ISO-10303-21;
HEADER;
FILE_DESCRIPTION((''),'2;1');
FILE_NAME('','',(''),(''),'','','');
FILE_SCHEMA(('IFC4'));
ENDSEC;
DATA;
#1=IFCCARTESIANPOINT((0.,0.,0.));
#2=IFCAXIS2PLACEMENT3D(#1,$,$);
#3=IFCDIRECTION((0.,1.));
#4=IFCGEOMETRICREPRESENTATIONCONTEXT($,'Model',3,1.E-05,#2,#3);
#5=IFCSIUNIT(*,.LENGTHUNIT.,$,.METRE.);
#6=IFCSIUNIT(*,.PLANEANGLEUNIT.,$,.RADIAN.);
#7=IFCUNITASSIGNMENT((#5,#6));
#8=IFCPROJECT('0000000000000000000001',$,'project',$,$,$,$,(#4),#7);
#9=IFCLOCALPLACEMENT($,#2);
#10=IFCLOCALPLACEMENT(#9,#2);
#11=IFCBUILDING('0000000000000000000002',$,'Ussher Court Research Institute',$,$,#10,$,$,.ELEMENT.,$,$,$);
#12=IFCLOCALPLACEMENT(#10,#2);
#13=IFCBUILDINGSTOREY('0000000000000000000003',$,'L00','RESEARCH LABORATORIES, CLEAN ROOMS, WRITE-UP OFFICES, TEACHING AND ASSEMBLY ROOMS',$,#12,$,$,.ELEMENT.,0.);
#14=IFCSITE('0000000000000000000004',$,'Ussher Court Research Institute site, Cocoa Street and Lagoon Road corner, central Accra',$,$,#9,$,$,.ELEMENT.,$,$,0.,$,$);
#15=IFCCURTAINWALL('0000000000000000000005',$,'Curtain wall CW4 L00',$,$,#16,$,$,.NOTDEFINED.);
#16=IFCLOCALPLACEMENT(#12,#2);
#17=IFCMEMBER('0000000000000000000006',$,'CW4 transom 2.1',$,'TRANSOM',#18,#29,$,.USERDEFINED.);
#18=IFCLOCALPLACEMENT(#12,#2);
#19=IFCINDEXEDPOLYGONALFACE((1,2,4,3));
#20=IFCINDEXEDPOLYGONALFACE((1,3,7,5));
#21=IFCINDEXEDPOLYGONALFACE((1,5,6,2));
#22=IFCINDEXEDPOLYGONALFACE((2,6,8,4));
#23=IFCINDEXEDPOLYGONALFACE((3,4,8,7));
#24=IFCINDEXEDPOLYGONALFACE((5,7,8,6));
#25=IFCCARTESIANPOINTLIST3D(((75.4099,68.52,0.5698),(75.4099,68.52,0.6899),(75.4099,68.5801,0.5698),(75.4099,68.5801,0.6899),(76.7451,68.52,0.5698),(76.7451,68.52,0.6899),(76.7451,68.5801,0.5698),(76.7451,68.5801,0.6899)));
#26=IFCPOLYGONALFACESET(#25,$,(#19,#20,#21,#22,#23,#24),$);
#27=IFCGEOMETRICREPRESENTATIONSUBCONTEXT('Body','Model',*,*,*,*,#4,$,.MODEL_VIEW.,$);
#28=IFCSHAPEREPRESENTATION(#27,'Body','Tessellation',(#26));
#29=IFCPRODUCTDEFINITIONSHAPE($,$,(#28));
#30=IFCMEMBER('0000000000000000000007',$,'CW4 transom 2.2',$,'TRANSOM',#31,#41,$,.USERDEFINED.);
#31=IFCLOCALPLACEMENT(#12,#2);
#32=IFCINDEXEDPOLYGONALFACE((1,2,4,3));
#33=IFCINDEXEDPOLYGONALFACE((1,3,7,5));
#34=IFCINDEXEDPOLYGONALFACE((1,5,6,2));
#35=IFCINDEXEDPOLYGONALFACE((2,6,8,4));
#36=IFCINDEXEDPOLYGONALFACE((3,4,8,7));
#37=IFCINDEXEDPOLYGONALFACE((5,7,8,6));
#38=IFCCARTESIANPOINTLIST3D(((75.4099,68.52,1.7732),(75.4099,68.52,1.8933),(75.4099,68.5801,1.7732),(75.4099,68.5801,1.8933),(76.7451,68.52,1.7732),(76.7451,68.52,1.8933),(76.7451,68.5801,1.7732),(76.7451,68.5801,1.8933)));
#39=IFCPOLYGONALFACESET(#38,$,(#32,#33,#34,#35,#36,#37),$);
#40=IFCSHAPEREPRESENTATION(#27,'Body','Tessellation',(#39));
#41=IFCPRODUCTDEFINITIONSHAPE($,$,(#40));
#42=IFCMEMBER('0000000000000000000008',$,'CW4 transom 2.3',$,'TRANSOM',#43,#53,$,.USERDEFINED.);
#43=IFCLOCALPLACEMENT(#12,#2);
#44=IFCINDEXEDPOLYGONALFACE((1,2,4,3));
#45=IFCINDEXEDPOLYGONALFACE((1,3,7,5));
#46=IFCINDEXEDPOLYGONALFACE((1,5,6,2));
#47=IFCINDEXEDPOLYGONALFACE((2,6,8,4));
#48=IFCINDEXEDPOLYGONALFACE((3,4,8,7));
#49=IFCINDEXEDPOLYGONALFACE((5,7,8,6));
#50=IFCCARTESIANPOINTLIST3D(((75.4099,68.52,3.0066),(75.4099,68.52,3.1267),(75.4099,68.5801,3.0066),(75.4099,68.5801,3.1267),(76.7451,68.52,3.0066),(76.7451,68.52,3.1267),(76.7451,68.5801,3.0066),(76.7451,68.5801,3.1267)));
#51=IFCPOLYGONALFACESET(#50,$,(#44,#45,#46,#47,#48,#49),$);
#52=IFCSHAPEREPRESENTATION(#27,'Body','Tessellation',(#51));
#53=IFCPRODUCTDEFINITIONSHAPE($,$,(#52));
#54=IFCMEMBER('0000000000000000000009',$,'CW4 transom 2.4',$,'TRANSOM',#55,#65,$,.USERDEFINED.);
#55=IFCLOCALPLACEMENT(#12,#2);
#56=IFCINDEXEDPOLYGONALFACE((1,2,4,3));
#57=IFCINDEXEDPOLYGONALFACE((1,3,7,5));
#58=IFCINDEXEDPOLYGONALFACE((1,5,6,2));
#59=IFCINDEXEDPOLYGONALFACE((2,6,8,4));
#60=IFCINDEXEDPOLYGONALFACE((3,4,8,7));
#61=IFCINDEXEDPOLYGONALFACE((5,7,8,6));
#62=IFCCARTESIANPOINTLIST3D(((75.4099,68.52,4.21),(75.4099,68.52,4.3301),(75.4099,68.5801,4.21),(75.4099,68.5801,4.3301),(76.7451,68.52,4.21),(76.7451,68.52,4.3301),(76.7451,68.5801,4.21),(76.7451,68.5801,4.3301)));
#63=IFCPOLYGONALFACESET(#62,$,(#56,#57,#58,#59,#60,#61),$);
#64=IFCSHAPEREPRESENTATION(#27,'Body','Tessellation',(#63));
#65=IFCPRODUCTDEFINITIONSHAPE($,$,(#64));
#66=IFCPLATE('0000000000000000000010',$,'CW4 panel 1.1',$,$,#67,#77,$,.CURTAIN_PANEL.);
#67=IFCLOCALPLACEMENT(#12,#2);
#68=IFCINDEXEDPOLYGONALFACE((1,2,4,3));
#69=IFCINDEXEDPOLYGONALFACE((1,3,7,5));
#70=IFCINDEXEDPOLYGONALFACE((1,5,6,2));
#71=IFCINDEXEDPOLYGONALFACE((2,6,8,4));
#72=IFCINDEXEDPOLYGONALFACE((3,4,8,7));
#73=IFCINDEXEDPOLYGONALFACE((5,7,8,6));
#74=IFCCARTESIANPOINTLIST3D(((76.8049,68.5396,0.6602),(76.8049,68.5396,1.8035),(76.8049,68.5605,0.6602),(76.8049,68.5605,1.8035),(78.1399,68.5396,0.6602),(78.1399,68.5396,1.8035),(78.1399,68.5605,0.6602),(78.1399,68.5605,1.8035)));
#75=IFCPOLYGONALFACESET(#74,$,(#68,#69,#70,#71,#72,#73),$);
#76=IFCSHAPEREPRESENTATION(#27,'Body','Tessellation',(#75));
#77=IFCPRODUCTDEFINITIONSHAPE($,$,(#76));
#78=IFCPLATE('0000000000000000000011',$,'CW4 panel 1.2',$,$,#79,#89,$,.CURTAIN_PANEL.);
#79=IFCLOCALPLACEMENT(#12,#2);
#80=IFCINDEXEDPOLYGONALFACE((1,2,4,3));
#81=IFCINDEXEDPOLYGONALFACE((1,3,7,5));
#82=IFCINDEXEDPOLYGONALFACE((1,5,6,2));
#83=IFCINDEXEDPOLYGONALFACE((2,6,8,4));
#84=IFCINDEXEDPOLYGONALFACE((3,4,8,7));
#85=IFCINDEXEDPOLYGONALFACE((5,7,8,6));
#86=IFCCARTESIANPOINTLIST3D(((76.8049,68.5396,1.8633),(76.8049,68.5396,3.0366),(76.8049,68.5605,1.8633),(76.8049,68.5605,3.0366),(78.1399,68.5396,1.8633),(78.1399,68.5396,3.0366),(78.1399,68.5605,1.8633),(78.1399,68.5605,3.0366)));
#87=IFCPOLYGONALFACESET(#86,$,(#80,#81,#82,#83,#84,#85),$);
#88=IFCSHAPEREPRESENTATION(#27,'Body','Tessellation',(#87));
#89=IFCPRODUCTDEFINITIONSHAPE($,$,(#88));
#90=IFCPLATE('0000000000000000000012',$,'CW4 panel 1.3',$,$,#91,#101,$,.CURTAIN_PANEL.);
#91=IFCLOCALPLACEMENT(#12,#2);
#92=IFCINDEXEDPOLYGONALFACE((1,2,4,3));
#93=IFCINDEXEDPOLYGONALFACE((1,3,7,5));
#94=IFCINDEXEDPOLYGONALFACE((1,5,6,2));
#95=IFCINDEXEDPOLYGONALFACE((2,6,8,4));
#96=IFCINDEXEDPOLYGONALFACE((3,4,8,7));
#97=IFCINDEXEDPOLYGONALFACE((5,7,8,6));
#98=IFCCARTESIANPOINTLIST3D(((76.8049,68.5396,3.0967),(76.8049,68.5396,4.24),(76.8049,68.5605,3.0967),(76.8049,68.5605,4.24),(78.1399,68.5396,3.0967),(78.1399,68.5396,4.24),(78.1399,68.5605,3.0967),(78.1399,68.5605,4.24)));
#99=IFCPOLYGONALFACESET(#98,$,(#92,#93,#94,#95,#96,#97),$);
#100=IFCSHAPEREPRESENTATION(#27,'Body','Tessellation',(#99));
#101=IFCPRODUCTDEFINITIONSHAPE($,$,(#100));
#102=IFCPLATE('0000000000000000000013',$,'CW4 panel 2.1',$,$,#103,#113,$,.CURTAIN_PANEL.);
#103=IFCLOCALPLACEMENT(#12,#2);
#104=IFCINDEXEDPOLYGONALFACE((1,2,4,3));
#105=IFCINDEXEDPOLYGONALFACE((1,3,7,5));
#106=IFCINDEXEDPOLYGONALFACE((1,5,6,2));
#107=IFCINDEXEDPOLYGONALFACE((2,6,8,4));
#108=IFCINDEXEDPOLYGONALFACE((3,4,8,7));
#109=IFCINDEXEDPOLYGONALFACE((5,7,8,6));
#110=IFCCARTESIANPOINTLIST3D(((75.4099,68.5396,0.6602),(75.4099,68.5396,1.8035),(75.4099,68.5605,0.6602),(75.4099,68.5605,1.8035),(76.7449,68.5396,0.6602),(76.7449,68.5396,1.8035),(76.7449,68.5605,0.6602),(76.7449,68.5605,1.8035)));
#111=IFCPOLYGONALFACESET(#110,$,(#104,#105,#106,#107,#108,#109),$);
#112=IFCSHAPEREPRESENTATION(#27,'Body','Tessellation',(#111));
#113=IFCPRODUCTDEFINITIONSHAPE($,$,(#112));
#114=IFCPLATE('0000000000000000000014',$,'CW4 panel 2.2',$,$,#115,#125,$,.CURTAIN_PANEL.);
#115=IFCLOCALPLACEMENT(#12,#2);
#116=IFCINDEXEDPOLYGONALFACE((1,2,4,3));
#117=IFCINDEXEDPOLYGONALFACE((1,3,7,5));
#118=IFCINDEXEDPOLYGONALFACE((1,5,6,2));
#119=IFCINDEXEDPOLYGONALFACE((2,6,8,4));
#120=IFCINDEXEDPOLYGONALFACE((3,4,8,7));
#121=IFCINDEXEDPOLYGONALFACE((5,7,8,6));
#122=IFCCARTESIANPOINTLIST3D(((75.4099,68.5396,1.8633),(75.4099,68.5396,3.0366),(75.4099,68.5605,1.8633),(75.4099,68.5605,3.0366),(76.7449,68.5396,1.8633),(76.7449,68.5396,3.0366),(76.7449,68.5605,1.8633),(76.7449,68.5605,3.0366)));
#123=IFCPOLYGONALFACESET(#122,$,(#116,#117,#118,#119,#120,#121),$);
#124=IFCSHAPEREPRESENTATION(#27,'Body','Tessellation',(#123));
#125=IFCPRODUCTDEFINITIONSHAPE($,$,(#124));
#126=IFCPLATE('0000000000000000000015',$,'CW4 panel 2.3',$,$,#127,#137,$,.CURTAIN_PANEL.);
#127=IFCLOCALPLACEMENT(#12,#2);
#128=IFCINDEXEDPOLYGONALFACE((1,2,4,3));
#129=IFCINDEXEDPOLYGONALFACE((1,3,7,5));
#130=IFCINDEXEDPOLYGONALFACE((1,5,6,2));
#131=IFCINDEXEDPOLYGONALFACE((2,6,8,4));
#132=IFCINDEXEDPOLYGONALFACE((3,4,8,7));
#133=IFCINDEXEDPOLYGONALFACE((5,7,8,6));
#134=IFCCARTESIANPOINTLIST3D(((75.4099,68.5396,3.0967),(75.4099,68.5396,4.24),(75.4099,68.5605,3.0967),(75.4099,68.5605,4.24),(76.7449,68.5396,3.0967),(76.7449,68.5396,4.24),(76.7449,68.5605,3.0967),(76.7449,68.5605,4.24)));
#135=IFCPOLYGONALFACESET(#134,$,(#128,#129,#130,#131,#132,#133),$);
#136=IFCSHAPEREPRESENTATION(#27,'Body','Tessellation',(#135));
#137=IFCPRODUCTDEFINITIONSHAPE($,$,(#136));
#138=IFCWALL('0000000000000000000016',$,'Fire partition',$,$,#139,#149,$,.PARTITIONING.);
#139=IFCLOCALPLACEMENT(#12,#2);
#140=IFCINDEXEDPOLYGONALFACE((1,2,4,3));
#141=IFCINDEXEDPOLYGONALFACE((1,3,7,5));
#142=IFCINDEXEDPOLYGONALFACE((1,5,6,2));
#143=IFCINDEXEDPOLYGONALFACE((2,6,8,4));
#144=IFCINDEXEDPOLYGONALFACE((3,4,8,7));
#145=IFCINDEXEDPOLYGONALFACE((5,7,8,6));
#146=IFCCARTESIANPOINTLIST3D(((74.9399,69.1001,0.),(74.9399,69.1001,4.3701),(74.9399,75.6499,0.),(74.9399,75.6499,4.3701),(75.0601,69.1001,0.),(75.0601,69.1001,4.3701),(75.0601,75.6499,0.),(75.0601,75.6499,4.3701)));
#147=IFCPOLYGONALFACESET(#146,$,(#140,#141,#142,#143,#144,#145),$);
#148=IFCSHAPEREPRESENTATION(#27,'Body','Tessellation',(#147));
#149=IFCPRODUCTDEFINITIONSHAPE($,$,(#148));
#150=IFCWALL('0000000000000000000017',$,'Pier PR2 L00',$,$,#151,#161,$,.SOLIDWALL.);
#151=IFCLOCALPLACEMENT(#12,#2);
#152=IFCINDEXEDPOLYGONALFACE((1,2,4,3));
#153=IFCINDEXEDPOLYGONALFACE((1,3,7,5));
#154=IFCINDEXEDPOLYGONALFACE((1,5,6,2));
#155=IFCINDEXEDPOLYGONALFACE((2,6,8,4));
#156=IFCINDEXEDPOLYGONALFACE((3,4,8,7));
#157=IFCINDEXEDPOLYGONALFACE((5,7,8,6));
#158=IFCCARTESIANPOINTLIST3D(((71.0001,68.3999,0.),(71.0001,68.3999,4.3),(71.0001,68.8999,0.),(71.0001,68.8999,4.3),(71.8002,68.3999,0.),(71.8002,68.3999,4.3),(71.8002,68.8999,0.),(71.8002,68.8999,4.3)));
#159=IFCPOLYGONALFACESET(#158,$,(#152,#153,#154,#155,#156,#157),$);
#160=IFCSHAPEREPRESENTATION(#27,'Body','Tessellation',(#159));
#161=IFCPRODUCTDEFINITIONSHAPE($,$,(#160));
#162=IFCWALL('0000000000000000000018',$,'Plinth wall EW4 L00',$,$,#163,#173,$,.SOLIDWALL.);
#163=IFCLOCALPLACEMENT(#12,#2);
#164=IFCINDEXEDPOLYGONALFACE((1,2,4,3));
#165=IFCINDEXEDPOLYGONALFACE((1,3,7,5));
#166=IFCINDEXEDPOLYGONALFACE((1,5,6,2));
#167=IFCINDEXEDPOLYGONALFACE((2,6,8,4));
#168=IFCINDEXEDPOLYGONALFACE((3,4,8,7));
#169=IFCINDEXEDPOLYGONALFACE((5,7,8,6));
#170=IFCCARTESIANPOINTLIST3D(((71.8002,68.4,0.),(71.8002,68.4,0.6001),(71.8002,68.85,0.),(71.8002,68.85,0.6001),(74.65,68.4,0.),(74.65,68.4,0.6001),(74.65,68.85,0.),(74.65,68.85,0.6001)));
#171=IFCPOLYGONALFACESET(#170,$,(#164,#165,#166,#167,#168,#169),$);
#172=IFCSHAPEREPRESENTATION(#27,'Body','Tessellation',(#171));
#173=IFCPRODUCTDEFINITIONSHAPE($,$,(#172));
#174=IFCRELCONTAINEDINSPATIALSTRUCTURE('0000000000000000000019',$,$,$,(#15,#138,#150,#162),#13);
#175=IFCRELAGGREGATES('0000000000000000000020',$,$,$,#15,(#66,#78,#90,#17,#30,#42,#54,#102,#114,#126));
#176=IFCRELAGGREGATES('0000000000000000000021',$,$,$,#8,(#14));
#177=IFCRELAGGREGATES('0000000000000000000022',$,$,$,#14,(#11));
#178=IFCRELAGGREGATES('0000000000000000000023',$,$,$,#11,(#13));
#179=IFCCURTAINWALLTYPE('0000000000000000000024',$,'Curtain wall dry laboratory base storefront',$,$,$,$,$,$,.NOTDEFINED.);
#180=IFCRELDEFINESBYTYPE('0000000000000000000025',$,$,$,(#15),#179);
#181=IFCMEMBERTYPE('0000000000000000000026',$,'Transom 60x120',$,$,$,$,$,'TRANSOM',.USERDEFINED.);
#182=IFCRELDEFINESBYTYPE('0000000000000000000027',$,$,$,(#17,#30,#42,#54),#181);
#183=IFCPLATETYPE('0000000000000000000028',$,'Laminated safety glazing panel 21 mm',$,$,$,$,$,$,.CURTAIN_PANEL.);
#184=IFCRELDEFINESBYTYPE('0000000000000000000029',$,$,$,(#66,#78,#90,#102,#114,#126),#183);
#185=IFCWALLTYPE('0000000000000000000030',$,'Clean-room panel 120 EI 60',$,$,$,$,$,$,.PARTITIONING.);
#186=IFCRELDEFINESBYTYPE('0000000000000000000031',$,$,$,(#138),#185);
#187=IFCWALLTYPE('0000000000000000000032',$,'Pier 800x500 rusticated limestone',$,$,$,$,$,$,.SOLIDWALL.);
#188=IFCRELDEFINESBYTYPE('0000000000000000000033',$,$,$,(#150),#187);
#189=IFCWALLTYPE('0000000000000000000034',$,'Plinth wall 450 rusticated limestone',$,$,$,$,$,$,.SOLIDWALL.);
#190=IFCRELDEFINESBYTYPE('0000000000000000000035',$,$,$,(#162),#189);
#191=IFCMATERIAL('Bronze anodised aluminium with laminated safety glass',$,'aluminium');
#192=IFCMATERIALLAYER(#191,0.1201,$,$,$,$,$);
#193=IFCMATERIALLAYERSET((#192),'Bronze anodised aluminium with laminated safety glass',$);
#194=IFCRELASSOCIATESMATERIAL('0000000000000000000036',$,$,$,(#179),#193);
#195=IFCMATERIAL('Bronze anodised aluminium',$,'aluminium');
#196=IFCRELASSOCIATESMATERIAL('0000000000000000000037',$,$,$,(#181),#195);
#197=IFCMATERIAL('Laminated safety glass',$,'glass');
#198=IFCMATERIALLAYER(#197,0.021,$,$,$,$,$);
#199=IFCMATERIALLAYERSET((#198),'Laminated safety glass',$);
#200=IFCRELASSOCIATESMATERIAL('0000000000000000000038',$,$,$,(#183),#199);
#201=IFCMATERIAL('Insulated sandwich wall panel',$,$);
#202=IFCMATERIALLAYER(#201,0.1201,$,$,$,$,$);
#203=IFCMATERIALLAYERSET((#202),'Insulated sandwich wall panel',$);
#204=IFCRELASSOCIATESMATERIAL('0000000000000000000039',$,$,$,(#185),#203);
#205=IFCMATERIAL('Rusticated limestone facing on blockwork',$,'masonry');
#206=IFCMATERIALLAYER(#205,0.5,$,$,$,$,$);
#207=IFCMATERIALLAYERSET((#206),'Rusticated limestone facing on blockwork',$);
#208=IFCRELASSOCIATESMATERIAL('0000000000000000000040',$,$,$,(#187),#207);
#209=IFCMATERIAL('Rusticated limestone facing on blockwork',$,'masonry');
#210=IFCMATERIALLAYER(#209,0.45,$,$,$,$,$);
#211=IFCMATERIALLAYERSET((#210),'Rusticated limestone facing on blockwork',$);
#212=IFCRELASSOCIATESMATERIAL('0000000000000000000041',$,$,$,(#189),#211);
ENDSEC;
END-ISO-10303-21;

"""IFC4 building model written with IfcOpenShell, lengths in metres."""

from ifc_helpers import new_model, si_unit, direction, frame, frame_2d, origin, origin_2d, place, context, subcontext, project, spatial, rectangle, extrude, material, layer, layer_set, material_profile, profile_set, type_object, element, aggregate, save


model = new_model("IFC4")

# Units and contexts
model_context = context("Model", 3, precision=1e-05, world=origin(), true_north=direction((0.0, 1.0)))
body_context = subcontext(model_context, "Body", "Model", "MODEL_VIEW")
ifc_project = project(units=[si_unit("LENGTHUNIT", "METRE"), si_unit("PLANEANGLEUNIT", "RADIAN")], contexts=[model_context])

# Site, building, storey
site_placement = place(None, origin())
site = spatial("IfcSite", under=ifc_project, at=site_placement, Name="Ussher Court Research Institute site, Cocoa Street and Lagoon Road corner, central Accra", CompositionType="ELEMENT", RefElevation=0.0)
building_placement = place(site_placement, origin())
building = spatial("IfcBuilding", under=site, at=building_placement, Name="Ussher Court Research Institute", CompositionType="ELEMENT")
storey_placement = place(building_placement, origin())
storey = spatial("IfcBuildingStorey", under=building, at=storey_placement, Name="L00", Description="RESEARCH LABORATORIES, CLEAN ROOMS, WRITE-UP OFFICES, TEACHING AND ASSEMBLY ROOMS", CompositionType="ELEMENT", Elevation=0.0)

# Curtain wall, members, plates
ifc_material_1 = material(Name="Bronze anodised aluminium with laminated safety glass", Category="aluminium")
ifc_layer_1 = layer(ifc_material_1, 0.1201)
ifc_layer_set_1 = layer_set([ifc_layer_1], Name="Bronze anodised aluminium with laminated safety glass")
curtain_wall_type = type_object("IfcCurtainWallType", Name="Curtain wall dry laboratory base storefront", PredefinedType="NOTDEFINED", material=ifc_layer_set_1)
curtain_wall_placement = place(storey_placement, origin())
curtain_wall = element("IfcCurtainWall", 1, at=curtain_wall_placement, inside=storey, type_object=curtain_wall_type, Name="Curtain wall CW4 L00", PredefinedType="NOTDEFINED")
ifc_material_2 = material(Name="Bronze anodised aluminium", Category="aluminium")
ifc_material_profile_1 = material_profile(ifc_material_2, rectangle(XDim=0.0601, YDim=0.1201, at=origin_2d()), Name="Transom 60x120")
ifc_profile_set_1 = profile_set([ifc_material_profile_1], Name="Bronze anodised aluminium")
member_type_1 = type_object("IfcMemberType", Name="Transom 60x120", ElementType="TRANSOM", PredefinedType="USERDEFINED", material=ifc_profile_set_1)
member_1_placement = place(storey_placement, frame((76.7451, 68.55, 0.6299), z_axis=(-1.0, 0.0, 0.0), x_axis=(0.0, -1.0, 0.0)))
member_1 = element("IfcMember", 2, at=member_1_placement, type_object=member_type_1, Name="CW4 transom 2.1", ObjectType="TRANSOM", PredefinedType="USERDEFINED", context=body_context, shape_type="SweptSolid", body=[
    extrude(rectangle(XDim=0.0601, YDim=0.1201, at=origin_2d()), origin(), (0.0, 0.0, 1.0), 1.3352),
])
member_2_placement = place(storey_placement, frame((76.7451, 68.55, 1.8333), z_axis=(-1.0, 0.0, 0.0), x_axis=(0.0, -1.0, 0.0)))
member_2 = element("IfcMember", 3, at=member_2_placement, type_object=member_type_1, Name="CW4 transom 2.2", ObjectType="TRANSOM", PredefinedType="USERDEFINED", context=body_context, shape_type="SweptSolid", body=[
    extrude(rectangle(XDim=0.0601, YDim=0.1201, at=origin_2d()), origin(), (0.0, 0.0, 1.0), 1.3352),
])
member_3_placement = place(storey_placement, frame((76.7451, 68.55, 3.0667), z_axis=(-1.0, 0.0, 0.0), x_axis=(0.0, -1.0, 0.0)))
member_3 = element("IfcMember", 4, at=member_3_placement, type_object=member_type_1, Name="CW4 transom 2.3", ObjectType="TRANSOM", PredefinedType="USERDEFINED", context=body_context, shape_type="SweptSolid", body=[
    extrude(rectangle(XDim=0.0601, YDim=0.1201, at=origin_2d()), origin(), (0.0, 0.0, 1.0), 1.3352),
])
member_4_placement = place(storey_placement, frame((76.7451, 68.55, 4.27), z_axis=(-1.0, 0.0, 0.0), x_axis=(0.0, -1.0, 0.0)))
member_4 = element("IfcMember", 5, at=member_4_placement, type_object=member_type_1, Name="CW4 transom 2.4", ObjectType="TRANSOM", PredefinedType="USERDEFINED", context=body_context, shape_type="SweptSolid", body=[
    extrude(rectangle(XDim=0.0601, YDim=0.1201, at=origin_2d()), origin(), (0.0, 0.0, 1.0), 1.3352),
])
ifc_material_3 = material(Name="Laminated safety glass", Category="glass")
ifc_layer_2 = layer(ifc_material_3, 0.021)
ifc_layer_set_2 = layer_set([ifc_layer_2], Name="Laminated safety glass")
plate_type = type_object("IfcPlateType", Name="Laminated safety glazing panel 21 mm", PredefinedType="CURTAIN_PANEL", material=ifc_layer_set_2)
plate_1_placement = place(storey_placement, frame((77.4724, 68.55, 0.6602), z_axis=(0.0, 0.0, 1.0), x_axis=(-1.0, 0.0, 0.0)))
plate_1 = element("IfcPlate", 6, at=plate_1_placement, type_object=plate_type, Name="CW4 panel 1.1", PredefinedType="CURTAIN_PANEL", context=body_context, shape_type="SweptSolid", body=[
    extrude(rectangle(XDim=1.335, YDim=0.021, at=origin_2d()), origin(), (0.0, 0.0, 1.0), 1.1433),
])
plate_2_placement = place(storey_placement, frame((77.4724, 68.55, 1.8633), z_axis=(0.0, 0.0, 1.0), x_axis=(-1.0, 0.0, 0.0)))
plate_2 = element("IfcPlate", 7, at=plate_2_placement, type_object=plate_type, Name="CW4 panel 1.2", PredefinedType="CURTAIN_PANEL", context=body_context, shape_type="SweptSolid", body=[
    extrude(rectangle(XDim=1.335, YDim=0.021, at=origin_2d()), origin(), (0.0, 0.0, 1.0), 1.1733),
])
plate_3_placement = place(storey_placement, frame((77.4724, 68.55, 3.0967), z_axis=(0.0, 0.0, 1.0), x_axis=(-1.0, 0.0, 0.0)))
plate_3 = element("IfcPlate", 8, at=plate_3_placement, type_object=plate_type, Name="CW4 panel 1.3", PredefinedType="CURTAIN_PANEL", context=body_context, shape_type="SweptSolid", body=[
    extrude(rectangle(XDim=1.335, YDim=0.021, at=origin_2d()), origin(), (0.0, 0.0, 1.0), 1.1433),
])
plate_4_placement = place(storey_placement, frame((76.0774, 68.55, 0.6602), z_axis=(0.0, 0.0, 1.0), x_axis=(-1.0, 0.0, 0.0)))
plate_4 = element("IfcPlate", 9, at=plate_4_placement, type_object=plate_type, Name="CW4 panel 2.1", PredefinedType="CURTAIN_PANEL", context=body_context, shape_type="SweptSolid", body=[
    extrude(rectangle(XDim=1.335, YDim=0.021, at=origin_2d()), origin(), (0.0, 0.0, 1.0), 1.1433),
])
plate_5_placement = place(storey_placement, frame((76.0774, 68.55, 1.8633), z_axis=(0.0, 0.0, 1.0), x_axis=(-1.0, 0.0, 0.0)))
plate_5 = element("IfcPlate", 10, at=plate_5_placement, type_object=plate_type, Name="CW4 panel 2.2", PredefinedType="CURTAIN_PANEL", context=body_context, shape_type="SweptSolid", body=[
    extrude(rectangle(XDim=1.335, YDim=0.021, at=origin_2d()), origin(), (0.0, 0.0, 1.0), 1.1733),
])
plate_6_placement = place(storey_placement, frame((76.0774, 68.55, 3.0967), z_axis=(0.0, 0.0, 1.0), x_axis=(-1.0, 0.0, 0.0)))
plate_6 = element("IfcPlate", 11, at=plate_6_placement, type_object=plate_type, Name="CW4 panel 2.3", PredefinedType="CURTAIN_PANEL", context=body_context, shape_type="SweptSolid", body=[
    extrude(rectangle(XDim=1.335, YDim=0.021, at=origin_2d()), origin(), (0.0, 0.0, 1.0), 1.1433),
])
aggregate(curtain_wall, [plate_1, plate_2, plate_3, member_1, member_2, member_3, member_4, plate_4, plate_5, plate_6])

# Walls
ifc_material_4 = material(Name="Insulated sandwich wall panel")
ifc_layer_3 = layer(ifc_material_4, 0.1201)
ifc_layer_set_3 = layer_set([ifc_layer_3], Name="Insulated sandwich wall panel")
wall_type_1 = type_object("IfcWallType", Name="Clean-room panel 120 EI 60", PredefinedType="PARTITIONING", material=ifc_layer_set_3)
wall_1_placement = place(storey_placement, frame((75.0, 69.1001, 0.0), z_axis=(0.0, 0.0, 1.0), x_axis=(0.0, 1.0, 0.0)))
element("IfcWall", 12, at=wall_1_placement, inside=storey, type_object=wall_type_1, Name="Fire partition", PredefinedType="PARTITIONING", context=body_context, shape_type="SweptSolid", body=[
    extrude(rectangle(XDim=6.5498, YDim=0.1201, at=frame_2d((3.2749, 0.0))), origin(), (0.0, 0.0, 1.0), 4.3701),
])
ifc_material_5 = material(Name="Rusticated limestone facing on blockwork", Category="masonry")
ifc_layer_4 = layer(ifc_material_5, 0.5)
ifc_layer_set_4 = layer_set([ifc_layer_4], Name="Rusticated limestone facing on blockwork")
wall_type_2 = type_object("IfcWallType", Name="Pier 800x500 rusticated limestone", PredefinedType="SOLIDWALL", material=ifc_layer_set_4)
wall_2_placement = place(storey_placement, frame((71.8, 68.6499, 0.0), z_axis=(0.0, 0.0, 1.0), x_axis=(-1.0, 0.0, 0.0)))
element("IfcWall", 13, at=wall_2_placement, inside=storey, type_object=wall_type_2, Name="Pier PR2 L00", PredefinedType="SOLIDWALL", context=body_context, shape_type="SweptSolid", body=[
    extrude(rectangle(XDim=0.8, YDim=0.5, at=frame_2d((0.3999, 0.0))), origin(), (0.0, 0.0, 1.0), 4.3),
])
ifc_material_6 = material(Name="Rusticated limestone facing on blockwork", Category="masonry")
ifc_layer_5 = layer(ifc_material_6, 0.45)
ifc_layer_set_5 = layer_set([ifc_layer_5], Name="Rusticated limestone facing on blockwork")
wall_type_3 = type_object("IfcWallType", Name="Plinth wall 450 rusticated limestone", PredefinedType="SOLIDWALL", material=ifc_layer_set_5)
wall_3_placement = place(storey_placement, frame((74.6499, 68.625, 0.0), z_axis=(0.0, 0.0, 1.0), x_axis=(-1.0, 0.0, 0.0)))
element("IfcWall", 14, at=wall_3_placement, inside=storey, type_object=wall_type_3, Name="Plinth wall EW4 L00", PredefinedType="SOLIDWALL", context=body_context, shape_type="SweptSolid", body=[
    extrude(rectangle(XDim=2.8499, YDim=0.45, at=frame_2d((1.4248, 0.0))), origin(), (0.0, 0.0, 1.0), 0.6001),
])

save(model, "model.ifc")
